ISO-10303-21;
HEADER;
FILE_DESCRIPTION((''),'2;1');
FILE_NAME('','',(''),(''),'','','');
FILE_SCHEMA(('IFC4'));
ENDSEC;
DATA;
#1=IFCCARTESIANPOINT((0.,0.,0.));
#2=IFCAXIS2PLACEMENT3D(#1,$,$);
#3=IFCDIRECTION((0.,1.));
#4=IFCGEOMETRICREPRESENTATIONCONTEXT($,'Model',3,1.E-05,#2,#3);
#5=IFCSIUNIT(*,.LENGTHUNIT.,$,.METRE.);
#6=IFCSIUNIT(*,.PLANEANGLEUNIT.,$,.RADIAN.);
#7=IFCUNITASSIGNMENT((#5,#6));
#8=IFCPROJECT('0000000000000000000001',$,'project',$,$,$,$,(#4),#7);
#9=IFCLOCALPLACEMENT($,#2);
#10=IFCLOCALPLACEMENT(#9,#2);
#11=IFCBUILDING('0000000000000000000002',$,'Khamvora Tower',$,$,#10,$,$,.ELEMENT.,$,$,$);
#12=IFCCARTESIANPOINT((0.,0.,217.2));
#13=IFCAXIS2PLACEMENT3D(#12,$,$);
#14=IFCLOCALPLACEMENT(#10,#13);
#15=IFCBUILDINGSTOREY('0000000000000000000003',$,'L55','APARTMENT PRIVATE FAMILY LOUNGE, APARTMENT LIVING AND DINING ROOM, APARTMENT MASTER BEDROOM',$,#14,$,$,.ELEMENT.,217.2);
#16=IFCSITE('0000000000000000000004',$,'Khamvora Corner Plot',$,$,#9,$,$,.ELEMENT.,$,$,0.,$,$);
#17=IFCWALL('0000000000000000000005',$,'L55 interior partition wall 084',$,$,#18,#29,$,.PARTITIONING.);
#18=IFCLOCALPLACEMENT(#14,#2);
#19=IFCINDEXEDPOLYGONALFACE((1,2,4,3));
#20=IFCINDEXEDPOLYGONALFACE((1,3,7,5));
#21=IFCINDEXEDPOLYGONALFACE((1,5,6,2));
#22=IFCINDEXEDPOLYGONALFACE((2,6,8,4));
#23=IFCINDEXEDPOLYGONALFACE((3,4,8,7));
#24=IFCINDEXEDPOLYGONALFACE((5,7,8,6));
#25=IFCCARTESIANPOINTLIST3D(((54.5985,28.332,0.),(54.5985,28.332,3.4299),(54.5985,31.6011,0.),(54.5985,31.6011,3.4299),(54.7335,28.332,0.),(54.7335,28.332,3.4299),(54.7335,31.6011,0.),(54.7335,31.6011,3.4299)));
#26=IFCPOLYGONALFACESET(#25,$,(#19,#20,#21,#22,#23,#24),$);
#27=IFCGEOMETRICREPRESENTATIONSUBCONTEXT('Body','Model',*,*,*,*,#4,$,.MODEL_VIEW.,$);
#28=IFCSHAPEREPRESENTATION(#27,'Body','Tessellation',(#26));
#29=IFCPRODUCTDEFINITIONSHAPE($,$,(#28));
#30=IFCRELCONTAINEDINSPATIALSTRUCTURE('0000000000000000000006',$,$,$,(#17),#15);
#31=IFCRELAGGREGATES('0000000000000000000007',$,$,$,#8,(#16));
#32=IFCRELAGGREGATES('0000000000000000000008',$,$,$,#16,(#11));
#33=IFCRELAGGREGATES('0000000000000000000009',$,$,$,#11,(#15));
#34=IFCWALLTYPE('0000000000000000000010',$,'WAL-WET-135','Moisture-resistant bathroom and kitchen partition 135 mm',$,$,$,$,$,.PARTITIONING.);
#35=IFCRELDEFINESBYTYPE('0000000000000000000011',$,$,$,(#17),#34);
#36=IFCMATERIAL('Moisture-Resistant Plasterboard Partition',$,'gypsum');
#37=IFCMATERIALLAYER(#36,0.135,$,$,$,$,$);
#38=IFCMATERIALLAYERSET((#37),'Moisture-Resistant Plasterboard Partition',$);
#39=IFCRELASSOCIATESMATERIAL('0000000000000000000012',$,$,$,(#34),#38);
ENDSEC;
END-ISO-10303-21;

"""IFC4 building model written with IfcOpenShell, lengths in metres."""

from ifc_helpers import new_model, si_unit, direction, frame, frame_2d, origin, place, context, subcontext, project, spatial, rectangle, extrude, material, layer, layer_set, type_object, element, save


model = new_model("IFC4")

# Units and contexts
model_context = context("Model", 3, precision=1e-05, world=origin(), true_north=direction((0.0, 1.0)))
body_context = subcontext(model_context, "Body", "Model", "MODEL_VIEW")
ifc_project = project(units=[si_unit("LENGTHUNIT", "METRE"), si_unit("PLANEANGLEUNIT", "RADIAN")], contexts=[model_context])

# Site, building, storey
site_placement = place(None, origin())
site = spatial("IfcSite", under=ifc_project, at=site_placement, Name="Khamvora Corner Plot", CompositionType="ELEMENT", RefElevation=0.0)
building_placement = place(site_placement, origin())
building = spatial("IfcBuilding", under=site, at=building_placement, Name="Khamvora Tower", CompositionType="ELEMENT")
storey_placement = place(building_placement, frame((0.0, 0.0, 217.2)))
storey = spatial("IfcBuildingStorey", under=building, at=storey_placement, Name="L55", Description="APARTMENT PRIVATE FAMILY LOUNGE, APARTMENT LIVING AND DINING ROOM, APARTMENT MASTER BEDROOM", CompositionType="ELEMENT", Elevation=217.2)

# Shared definitions
ifc_material_1 = material(Name="Moisture-Resistant Plasterboard Partition", Category="gypsum")
ifc_layer_1 = layer(ifc_material_1, 0.135)
ifc_layer_set_1 = layer_set([ifc_layer_1], Name="Moisture-Resistant Plasterboard Partition")
wall_type_1 = type_object("IfcWallType", Name="WAL-WET-135", Description="Moisture-resistant bathroom and kitchen partition 135 mm", PredefinedType="PARTITIONING", material=ifc_layer_set_1)

# Wall
wall_1_placement = place(storey_placement, frame((54.666, 31.6011, 0.0), z_axis=(0.0, 0.0, 1.0), x_axis=(0.0, -1.0, 0.0)))
element("IfcWall", 1, at=wall_1_placement, inside=storey, type_object=wall_type_1, Name="L55 interior partition wall 084", PredefinedType="PARTITIONING", context=body_context, shape_type="SweptSolid", body=[
    extrude(rectangle(XDim=3.269, YDim=0.135, at=frame_2d((1.6345, 0.0))), origin(), (0.0, 0.0, 1.0), 3.4299),
])

save(model, "model.ifc")
